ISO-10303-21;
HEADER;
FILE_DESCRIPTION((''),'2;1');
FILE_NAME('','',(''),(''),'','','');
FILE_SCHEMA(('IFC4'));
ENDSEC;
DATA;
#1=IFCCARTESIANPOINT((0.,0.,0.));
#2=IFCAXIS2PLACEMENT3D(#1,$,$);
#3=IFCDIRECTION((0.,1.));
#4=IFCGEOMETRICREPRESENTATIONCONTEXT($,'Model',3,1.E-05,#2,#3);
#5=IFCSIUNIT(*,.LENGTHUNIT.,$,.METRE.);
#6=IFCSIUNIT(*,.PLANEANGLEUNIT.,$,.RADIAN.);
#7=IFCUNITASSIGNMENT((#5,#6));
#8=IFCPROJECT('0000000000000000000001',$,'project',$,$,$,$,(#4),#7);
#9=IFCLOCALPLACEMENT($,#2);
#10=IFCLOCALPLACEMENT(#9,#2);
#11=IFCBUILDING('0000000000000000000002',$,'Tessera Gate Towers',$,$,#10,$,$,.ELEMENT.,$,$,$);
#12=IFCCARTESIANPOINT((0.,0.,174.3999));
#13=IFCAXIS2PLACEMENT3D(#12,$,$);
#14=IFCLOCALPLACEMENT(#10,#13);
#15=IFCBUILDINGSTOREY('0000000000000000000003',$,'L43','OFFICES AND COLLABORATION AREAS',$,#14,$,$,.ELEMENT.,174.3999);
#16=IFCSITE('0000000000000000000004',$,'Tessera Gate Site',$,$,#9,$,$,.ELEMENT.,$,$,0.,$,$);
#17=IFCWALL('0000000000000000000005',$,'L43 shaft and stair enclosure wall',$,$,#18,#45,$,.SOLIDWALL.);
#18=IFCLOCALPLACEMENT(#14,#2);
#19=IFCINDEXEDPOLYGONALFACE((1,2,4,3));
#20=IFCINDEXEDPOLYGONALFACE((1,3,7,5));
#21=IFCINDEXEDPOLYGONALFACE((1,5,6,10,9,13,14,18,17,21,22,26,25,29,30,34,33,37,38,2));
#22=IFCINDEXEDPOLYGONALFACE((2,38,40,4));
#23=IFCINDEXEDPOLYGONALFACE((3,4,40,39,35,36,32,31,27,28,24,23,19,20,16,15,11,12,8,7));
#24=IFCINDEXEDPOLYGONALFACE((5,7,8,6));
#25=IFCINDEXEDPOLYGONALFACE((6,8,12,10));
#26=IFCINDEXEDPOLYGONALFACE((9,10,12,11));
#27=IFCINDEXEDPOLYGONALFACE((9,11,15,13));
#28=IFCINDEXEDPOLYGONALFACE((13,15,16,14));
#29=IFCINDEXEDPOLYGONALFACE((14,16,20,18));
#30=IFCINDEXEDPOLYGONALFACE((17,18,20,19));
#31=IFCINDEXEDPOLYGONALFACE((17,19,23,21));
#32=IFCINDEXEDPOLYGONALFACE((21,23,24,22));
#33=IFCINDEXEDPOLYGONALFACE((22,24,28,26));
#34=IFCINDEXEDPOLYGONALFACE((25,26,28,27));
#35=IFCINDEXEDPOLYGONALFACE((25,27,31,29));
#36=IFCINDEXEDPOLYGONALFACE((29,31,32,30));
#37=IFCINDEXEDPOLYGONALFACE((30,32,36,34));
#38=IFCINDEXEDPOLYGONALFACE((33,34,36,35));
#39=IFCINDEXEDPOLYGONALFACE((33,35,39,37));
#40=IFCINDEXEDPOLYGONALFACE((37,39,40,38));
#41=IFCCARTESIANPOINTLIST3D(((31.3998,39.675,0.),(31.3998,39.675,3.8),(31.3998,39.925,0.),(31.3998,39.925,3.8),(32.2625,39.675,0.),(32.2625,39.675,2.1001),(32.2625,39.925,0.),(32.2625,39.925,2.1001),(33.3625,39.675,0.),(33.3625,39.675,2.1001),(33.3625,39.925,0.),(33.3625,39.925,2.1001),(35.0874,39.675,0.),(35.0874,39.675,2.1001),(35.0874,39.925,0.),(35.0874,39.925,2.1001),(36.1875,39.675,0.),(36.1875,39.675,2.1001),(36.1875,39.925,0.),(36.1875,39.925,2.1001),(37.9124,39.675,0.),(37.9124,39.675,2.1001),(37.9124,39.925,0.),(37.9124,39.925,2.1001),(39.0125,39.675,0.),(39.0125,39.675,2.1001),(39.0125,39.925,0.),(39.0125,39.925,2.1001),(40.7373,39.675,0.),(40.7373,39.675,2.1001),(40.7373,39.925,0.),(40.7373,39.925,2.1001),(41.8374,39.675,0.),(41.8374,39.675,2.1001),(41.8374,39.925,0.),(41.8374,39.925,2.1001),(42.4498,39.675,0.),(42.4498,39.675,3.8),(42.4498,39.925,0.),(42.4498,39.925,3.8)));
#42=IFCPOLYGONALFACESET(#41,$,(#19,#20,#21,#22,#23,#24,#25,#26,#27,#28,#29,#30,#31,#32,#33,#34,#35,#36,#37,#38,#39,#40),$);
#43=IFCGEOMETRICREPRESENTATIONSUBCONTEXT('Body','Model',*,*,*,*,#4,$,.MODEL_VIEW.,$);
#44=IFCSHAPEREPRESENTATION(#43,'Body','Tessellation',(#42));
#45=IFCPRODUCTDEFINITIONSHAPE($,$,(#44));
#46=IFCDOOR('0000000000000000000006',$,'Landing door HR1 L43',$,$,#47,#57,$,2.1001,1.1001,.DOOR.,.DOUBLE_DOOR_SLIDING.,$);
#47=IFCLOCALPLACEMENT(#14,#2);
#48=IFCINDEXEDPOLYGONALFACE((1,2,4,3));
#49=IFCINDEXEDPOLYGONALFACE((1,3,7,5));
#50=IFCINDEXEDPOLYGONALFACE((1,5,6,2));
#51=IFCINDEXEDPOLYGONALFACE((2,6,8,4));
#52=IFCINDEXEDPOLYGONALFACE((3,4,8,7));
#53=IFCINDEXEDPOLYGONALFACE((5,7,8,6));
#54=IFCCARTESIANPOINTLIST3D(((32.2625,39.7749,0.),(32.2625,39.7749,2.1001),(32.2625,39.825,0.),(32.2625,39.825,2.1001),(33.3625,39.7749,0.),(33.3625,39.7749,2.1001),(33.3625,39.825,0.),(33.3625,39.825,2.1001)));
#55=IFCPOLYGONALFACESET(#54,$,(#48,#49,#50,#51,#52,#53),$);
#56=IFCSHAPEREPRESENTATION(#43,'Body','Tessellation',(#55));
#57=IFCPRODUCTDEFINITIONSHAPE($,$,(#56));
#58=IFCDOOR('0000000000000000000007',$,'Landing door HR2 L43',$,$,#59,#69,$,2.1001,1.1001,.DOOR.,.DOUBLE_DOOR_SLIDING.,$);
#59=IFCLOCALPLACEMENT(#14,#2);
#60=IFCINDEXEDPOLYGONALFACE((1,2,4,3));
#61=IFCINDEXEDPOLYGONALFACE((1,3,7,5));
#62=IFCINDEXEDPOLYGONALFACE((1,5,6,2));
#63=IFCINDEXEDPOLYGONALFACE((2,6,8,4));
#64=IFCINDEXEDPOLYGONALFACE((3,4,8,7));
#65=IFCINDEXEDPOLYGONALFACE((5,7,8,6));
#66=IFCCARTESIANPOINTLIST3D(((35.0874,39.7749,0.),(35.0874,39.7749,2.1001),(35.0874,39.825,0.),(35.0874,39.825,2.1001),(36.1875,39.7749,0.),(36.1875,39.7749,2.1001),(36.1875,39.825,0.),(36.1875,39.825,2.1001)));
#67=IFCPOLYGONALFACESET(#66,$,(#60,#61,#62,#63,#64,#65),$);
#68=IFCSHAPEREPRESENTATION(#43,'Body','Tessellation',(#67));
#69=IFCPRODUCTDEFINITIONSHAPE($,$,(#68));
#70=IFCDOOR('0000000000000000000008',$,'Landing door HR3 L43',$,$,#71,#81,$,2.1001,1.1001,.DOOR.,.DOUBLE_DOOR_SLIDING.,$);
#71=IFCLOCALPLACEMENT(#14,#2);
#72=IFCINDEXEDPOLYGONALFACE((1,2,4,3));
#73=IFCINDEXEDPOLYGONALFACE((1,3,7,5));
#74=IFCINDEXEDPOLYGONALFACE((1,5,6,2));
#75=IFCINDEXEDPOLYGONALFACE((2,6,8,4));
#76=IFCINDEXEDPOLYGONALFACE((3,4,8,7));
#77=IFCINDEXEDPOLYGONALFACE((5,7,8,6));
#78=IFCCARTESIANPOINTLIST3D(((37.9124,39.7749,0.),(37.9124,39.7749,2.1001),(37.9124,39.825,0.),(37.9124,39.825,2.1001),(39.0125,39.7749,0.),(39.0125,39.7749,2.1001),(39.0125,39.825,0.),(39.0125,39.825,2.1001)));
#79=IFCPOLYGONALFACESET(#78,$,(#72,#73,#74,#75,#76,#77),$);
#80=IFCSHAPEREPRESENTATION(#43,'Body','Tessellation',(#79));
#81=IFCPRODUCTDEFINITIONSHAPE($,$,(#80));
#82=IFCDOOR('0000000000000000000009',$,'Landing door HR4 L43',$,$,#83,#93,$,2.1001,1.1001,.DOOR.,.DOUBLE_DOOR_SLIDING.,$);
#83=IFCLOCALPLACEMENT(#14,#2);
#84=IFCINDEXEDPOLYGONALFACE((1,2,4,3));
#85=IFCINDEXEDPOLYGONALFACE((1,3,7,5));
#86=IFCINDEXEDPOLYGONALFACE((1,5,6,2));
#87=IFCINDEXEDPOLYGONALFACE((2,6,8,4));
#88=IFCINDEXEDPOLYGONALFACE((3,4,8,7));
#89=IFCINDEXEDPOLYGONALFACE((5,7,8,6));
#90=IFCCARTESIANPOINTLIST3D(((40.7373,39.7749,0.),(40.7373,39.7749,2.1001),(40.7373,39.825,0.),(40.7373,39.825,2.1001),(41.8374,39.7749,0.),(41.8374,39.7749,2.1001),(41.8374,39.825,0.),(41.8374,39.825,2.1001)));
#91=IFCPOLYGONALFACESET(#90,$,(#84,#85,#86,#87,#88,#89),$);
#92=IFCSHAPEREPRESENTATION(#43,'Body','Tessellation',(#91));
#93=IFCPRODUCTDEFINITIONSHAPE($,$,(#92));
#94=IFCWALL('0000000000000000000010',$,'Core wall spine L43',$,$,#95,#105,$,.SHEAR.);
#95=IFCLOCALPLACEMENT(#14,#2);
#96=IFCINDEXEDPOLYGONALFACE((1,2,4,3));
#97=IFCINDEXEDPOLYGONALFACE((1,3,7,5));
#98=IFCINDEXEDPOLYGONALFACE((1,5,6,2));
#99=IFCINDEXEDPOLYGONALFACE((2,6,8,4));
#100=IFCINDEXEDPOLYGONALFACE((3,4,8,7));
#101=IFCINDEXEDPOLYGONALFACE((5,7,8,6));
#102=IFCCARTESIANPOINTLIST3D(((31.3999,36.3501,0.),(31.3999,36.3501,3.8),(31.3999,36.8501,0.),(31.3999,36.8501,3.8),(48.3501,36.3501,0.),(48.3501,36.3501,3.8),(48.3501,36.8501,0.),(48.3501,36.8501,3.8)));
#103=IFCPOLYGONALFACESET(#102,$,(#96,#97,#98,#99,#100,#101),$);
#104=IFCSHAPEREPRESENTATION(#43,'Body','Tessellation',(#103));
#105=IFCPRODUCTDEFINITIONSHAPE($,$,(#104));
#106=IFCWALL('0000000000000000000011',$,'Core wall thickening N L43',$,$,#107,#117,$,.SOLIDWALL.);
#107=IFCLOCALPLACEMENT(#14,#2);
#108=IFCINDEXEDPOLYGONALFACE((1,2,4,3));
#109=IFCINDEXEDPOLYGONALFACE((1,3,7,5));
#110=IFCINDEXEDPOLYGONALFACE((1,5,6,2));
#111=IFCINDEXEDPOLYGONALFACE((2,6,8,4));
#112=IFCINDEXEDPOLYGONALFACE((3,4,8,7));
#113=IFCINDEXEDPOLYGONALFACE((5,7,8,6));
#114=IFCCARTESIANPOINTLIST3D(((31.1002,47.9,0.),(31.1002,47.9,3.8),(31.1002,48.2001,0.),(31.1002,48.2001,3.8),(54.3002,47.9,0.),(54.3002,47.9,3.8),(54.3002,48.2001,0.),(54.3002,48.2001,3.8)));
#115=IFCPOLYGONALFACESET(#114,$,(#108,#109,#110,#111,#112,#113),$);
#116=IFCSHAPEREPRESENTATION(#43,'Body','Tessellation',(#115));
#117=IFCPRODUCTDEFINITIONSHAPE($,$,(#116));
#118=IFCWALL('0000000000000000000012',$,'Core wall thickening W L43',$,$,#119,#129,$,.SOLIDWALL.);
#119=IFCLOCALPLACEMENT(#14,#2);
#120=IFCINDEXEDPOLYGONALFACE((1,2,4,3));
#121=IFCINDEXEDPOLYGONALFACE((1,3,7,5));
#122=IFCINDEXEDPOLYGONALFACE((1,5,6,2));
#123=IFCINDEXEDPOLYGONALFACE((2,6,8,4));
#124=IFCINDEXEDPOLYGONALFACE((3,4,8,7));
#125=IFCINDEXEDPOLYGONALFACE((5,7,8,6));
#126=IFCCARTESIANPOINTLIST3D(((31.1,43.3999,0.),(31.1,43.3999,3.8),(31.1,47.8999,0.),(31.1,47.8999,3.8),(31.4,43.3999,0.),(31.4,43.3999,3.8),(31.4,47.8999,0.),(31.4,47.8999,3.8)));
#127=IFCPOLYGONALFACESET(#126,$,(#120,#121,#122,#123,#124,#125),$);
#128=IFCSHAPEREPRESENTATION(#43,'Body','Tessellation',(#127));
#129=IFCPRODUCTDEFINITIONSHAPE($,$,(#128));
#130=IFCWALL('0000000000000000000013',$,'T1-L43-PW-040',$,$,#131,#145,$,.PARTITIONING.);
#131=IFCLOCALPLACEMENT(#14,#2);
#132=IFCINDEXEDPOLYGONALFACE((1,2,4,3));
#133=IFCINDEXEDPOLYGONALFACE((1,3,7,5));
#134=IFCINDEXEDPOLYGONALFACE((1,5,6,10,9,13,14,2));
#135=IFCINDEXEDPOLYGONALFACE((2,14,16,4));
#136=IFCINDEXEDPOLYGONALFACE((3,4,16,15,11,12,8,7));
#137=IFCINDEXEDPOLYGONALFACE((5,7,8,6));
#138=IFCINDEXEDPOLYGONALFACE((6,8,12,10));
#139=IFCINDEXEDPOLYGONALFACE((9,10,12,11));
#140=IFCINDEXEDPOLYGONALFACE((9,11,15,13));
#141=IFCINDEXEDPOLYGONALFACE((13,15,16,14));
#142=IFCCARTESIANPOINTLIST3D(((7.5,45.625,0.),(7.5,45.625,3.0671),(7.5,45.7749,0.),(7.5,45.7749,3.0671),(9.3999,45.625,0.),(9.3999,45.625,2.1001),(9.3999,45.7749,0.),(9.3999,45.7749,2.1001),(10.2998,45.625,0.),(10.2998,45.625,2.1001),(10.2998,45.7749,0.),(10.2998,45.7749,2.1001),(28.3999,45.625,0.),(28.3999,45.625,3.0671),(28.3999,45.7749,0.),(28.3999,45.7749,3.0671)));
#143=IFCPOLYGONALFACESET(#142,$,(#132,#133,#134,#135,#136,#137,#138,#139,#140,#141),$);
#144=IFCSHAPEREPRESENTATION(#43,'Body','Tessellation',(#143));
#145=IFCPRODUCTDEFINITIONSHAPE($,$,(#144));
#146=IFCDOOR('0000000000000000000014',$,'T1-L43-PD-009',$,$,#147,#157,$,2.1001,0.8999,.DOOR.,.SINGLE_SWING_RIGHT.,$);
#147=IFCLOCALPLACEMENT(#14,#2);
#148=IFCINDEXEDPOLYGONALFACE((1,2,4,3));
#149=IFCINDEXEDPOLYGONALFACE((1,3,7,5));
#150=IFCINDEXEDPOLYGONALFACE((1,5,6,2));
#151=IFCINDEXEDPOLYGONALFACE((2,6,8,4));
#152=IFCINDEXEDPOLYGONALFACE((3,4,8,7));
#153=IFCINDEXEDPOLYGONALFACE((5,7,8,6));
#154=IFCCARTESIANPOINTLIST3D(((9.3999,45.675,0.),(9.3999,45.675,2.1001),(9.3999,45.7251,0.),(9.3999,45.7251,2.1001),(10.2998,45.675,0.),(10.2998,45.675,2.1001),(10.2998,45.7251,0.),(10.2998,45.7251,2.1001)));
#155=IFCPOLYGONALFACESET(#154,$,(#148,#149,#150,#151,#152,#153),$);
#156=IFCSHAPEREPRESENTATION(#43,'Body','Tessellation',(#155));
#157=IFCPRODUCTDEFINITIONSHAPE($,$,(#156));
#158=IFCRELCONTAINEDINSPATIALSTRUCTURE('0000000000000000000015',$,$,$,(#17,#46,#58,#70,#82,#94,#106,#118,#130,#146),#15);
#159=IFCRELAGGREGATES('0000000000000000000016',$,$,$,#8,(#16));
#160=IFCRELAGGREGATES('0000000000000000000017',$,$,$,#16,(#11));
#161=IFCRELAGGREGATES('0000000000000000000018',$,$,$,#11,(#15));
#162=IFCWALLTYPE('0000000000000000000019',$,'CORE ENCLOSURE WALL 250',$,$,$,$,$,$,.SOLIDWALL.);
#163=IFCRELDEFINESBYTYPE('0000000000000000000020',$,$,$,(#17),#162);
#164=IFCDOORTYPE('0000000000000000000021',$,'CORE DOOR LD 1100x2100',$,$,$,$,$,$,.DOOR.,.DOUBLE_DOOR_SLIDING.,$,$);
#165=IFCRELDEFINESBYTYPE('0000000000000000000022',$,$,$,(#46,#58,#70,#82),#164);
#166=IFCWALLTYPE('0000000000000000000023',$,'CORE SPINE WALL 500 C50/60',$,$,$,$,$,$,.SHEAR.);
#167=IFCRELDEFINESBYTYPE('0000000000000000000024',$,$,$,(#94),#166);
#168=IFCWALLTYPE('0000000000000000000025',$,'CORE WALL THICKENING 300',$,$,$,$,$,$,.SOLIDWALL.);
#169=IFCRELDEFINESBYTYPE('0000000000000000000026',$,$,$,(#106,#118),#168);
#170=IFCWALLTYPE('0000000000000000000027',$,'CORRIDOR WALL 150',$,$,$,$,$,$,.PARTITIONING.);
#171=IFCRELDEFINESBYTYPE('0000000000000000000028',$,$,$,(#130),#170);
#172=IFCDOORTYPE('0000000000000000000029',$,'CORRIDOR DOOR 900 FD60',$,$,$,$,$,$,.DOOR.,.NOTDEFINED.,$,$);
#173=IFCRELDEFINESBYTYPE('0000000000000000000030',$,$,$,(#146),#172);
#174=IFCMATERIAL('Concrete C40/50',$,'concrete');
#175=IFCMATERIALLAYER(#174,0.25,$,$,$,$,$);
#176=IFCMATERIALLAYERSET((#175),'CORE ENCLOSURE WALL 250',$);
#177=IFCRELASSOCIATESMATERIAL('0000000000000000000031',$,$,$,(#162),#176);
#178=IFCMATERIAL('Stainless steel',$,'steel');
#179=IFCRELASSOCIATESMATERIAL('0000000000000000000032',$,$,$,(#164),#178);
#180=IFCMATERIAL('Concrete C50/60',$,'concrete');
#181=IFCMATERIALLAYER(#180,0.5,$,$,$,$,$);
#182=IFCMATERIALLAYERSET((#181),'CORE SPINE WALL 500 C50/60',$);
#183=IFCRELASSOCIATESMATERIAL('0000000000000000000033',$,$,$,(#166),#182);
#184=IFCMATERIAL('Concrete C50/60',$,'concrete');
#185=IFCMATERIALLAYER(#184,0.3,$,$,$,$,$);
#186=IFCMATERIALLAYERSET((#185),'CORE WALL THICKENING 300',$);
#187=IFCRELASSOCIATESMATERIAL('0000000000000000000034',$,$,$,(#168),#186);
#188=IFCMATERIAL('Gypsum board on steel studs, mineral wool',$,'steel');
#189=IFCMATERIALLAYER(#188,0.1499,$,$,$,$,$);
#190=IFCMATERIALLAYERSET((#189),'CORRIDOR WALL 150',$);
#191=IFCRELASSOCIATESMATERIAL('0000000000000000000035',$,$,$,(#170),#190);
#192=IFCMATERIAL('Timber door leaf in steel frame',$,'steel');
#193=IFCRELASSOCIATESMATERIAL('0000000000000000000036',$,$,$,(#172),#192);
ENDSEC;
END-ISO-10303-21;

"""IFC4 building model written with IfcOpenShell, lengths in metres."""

from ifc_helpers import new_model, si_unit, direction, frame, frame_2d, origin, place, context, subcontext, project, spatial, rectangle, extrude, source, transform, mapped, material, layer, layer_set, type_object, element, fill, save


model = new_model("IFC4")

# Units and contexts
model_context = context("Model", 3, precision=1e-05, world=origin(), true_north=direction((0.0, 1.0)))
body_context = subcontext(model_context, "Body", "Model", "MODEL_VIEW")
ifc_project = project(units=[si_unit("LENGTHUNIT", "METRE"), si_unit("PLANEANGLEUNIT", "RADIAN")], contexts=[model_context])

# Site, building, storey
site_placement = place(None, origin())
site = spatial("IfcSite", under=ifc_project, at=site_placement, Name="Tessera Gate Site", CompositionType="ELEMENT", RefElevation=0.0)
building_placement = place(site_placement, origin())
building = spatial("IfcBuilding", under=site, at=building_placement, Name="Tessera Gate Towers", CompositionType="ELEMENT")
storey_placement = place(building_placement, frame((0.0, 0.0, 174.3999)))
storey = spatial("IfcBuildingStorey", under=building, at=storey_placement, Name="L43", Description="OFFICES AND COLLABORATION AREAS", CompositionType="ELEMENT", Elevation=174.3999)

# Wall, openings, doors
ifc_material_1 = material(Name="Concrete C40/50", Category="concrete")
ifc_layer_1 = layer(ifc_material_1, 0.25)
ifc_layer_set_1 = layer_set([ifc_layer_1], Name="CORE ENCLOSURE WALL 250")
wall_type_1 = type_object("IfcWallType", Name="CORE ENCLOSURE WALL 250", PredefinedType="SOLIDWALL", material=ifc_layer_set_1)
wall_1_placement = place(storey_placement, frame((31.3999, 39.8, 0.0), z_axis=(0.0, 0.0, 1.0), x_axis=(1.0, 0.0, 0.0)))
wall_1 = element("IfcWall", 1, at=wall_1_placement, inside=storey, type_object=wall_type_1, Name="L43 shaft and stair enclosure wall", PredefinedType="SOLIDWALL", context=body_context, shape_type="SweptSolid", body=[
    extrude(rectangle(XDim=11.05, YDim=0.25, at=frame_2d((5.5249, 0.0))), origin(), (0.0, 0.0, 1.0), 3.8),
])
shared_shape_1 = source(origin(), body_context, "Body", "SweptSolid", [
    extrude(rectangle(XDim=1.1001, YDim=2.1001, at=frame_2d((0.55, 1.05))), frame((0.0, 0.135, 0.0), z_axis=(0.0, -1.0, 0.0), x_axis=(1.0, 0.0, 0.0)), (0.0, 0.0, 1.0), 0.27),
])
opening_1_placement = place(wall_1_placement, frame((0.8625, 0.0, 0.0)))
opening_1 = element("IfcOpeningElement", 2, at=opening_1_placement, cuts=wall_1, PredefinedType="OPENING", context=body_context, shape_type="MappedRepresentation", body=[
    mapped(shared_shape_1, transform((0.0, 0.0, 0.0), scale=1.0)),
])
opening_2_placement = place(wall_1_placement, frame((3.6875, 0.0, 0.0)))
opening_2 = element("IfcOpeningElement", 3, at=opening_2_placement, cuts=wall_1, PredefinedType="OPENING", context=body_context, shape_type="MappedRepresentation", body=[
    mapped(shared_shape_1, transform((0.0, 0.0, 0.0), scale=1.0)),
])
opening_3_placement = place(wall_1_placement, frame((6.5125, 0.0, 0.0)))
opening_3 = element("IfcOpeningElement", 4, at=opening_3_placement, cuts=wall_1, PredefinedType="OPENING", context=body_context, shape_type="MappedRepresentation", body=[
    mapped(shared_shape_1, transform((0.0, 0.0, 0.0), scale=1.0)),
])
opening_4_placement = place(wall_1_placement, frame((9.3374, 0.0, 0.0)))
opening_4 = element("IfcOpeningElement", 5, at=opening_4_placement, cuts=wall_1, PredefinedType="OPENING", context=body_context, shape_type="MappedRepresentation", body=[
    mapped(shared_shape_1, transform((0.0, 0.0, 0.0), scale=1.0)),
])
ifc_material_2 = material(Name="Stainless steel", Category="steel")
door_type_1 = type_object("IfcDoorType", Name="CORE DOOR LD 1100x2100", OperationType="DOUBLE_DOOR_SLIDING", PredefinedType="DOOR", material=ifc_material_2)
shared_shape_2 = source(origin(), body_context, "Body", "SweptSolid", [
    extrude(rectangle(XDim=1.1001, YDim=2.1001, at=frame_2d((0.55, 1.05))), frame((0.0, 0.0249, 0.0), z_axis=(0.0, -1.0, 0.0), x_axis=(1.0, 0.0, 0.0)), (0.0, 0.0, 1.0), 0.05),
])
door_1_placement = place(opening_1_placement, origin())
door_1 = element("IfcDoor", 6, at=door_1_placement, inside=storey, type_object=door_type_1, Name="Landing door HR1 L43", OperationType="DOUBLE_DOOR_SLIDING", OverallHeight=2.1001, OverallWidth=1.1001, PredefinedType="DOOR", context=body_context, shape_type="MappedRepresentation", body=[
    mapped(shared_shape_2, transform((0.0, 0.0, 0.0), scale=1.0)),
])
fill(opening_1, door_1)
door_2_placement = place(opening_2_placement, origin())
door_2 = element("IfcDoor", 7, at=door_2_placement, inside=storey, type_object=door_type_1, Name="Landing door HR2 L43", OperationType="DOUBLE_DOOR_SLIDING", OverallHeight=2.1001, OverallWidth=1.1001, PredefinedType="DOOR", context=body_context, shape_type="MappedRepresentation", body=[
    mapped(shared_shape_2, transform((0.0, 0.0, 0.0), scale=1.0)),
])
fill(opening_2, door_2)
door_3_placement = place(opening_3_placement, origin())
door_3 = element("IfcDoor", 8, at=door_3_placement, inside=storey, type_object=door_type_1, Name="Landing door HR3 L43", OperationType="DOUBLE_DOOR_SLIDING", OverallHeight=2.1001, OverallWidth=1.1001, PredefinedType="DOOR", context=body_context, shape_type="MappedRepresentation", body=[
    mapped(shared_shape_2, transform((0.0, 0.0, 0.0), scale=1.0)),
])
fill(opening_3, door_3)
door_4_placement = place(opening_4_placement, origin())
door_4 = element("IfcDoor", 9, at=door_4_placement, inside=storey, type_object=door_type_1, Name="Landing door HR4 L43", OperationType="DOUBLE_DOOR_SLIDING", OverallHeight=2.1001, OverallWidth=1.1001, PredefinedType="DOOR", context=body_context, shape_type="MappedRepresentation", body=[
    mapped(shared_shape_2, transform((0.0, 0.0, 0.0), scale=1.0)),
])
fill(opening_4, door_4)

# Walls
ifc_material_3 = material(Name="Concrete C50/60", Category="concrete")
ifc_layer_2 = layer(ifc_material_3, 0.5)
ifc_layer_set_2 = layer_set([ifc_layer_2], Name="CORE SPINE WALL 500 C50/60")
wall_type_2 = type_object("IfcWallType", Name="CORE SPINE WALL 500 C50/60", PredefinedType="SHEAR", material=ifc_layer_set_2)
wall_2_placement = place(storey_placement, frame((31.3999, 36.6001, 0.0), z_axis=(0.0, 0.0, 1.0), x_axis=(1.0, 0.0, 0.0)))
element("IfcWall", 10, at=wall_2_placement, inside=storey, type_object=wall_type_2, Name="Core wall spine L43", PredefinedType="SHEAR", context=body_context, shape_type="SweptSolid", body=[
    extrude(rectangle(XDim=16.9502, YDim=0.5, at=frame_2d((8.4751, 0.0))), origin(), (0.0, 0.0, 1.0), 3.8),
])
ifc_material_4 = material(Name="Concrete C50/60", Category="concrete")
ifc_layer_3 = layer(ifc_material_4, 0.3)
ifc_layer_set_3 = layer_set([ifc_layer_3], Name="CORE WALL THICKENING 300")
wall_type_3 = type_object("IfcWallType", Name="CORE WALL THICKENING 300", PredefinedType="SOLIDWALL", material=ifc_layer_set_3)
wall_3_placement = place(storey_placement, frame((31.1001, 48.05, 0.0), z_axis=(0.0, 0.0, 1.0), x_axis=(1.0, 0.0, 0.0)))
element("IfcWall", 11, at=wall_3_placement, inside=storey, type_object=wall_type_3, Name="Core wall thickening N L43", PredefinedType="SOLIDWALL", context=body_context, shape_type="SweptSolid", body=[
    extrude(rectangle(XDim=23.2, YDim=0.3, at=frame_2d((11.6001, 0.0))), origin(), (0.0, 0.0, 1.0), 3.8),
])
wall_4_placement = place(storey_placement, frame((31.25, 43.3999, 0.0), z_axis=(0.0, 0.0, 1.0), x_axis=(0.0, 1.0, 0.0)))
element("IfcWall", 12, at=wall_4_placement, inside=storey, type_object=wall_type_3, Name="Core wall thickening W L43", PredefinedType="SOLIDWALL", context=body_context, shape_type="SweptSolid", body=[
    extrude(rectangle(XDim=4.5, YDim=0.3, at=frame_2d((2.25, 0.0))), origin(), (0.0, 0.0, 1.0), 3.8),
])

# Wall, opening, door
ifc_material_5 = material(Name="Gypsum board on steel studs, mineral wool", Category="steel")
ifc_layer_4 = layer(ifc_material_5, 0.1499)
ifc_layer_set_4 = layer_set([ifc_layer_4], Name="CORRIDOR WALL 150")
wall_type_4 = type_object("IfcWallType", Name="CORRIDOR WALL 150", PredefinedType="PARTITIONING", material=ifc_layer_set_4)
wall_5_placement = place(storey_placement, frame((28.3999, 45.7, 0.0), z_axis=(0.0, 0.0, 1.0), x_axis=(-1.0, 0.0, 0.0)))
wall_5 = element("IfcWall", 13, at=wall_5_placement, inside=storey, type_object=wall_type_4, Name="T1-L43-PW-040", PredefinedType="PARTITIONING", context=body_context, shape_type="SweptSolid", body=[
    extrude(rectangle(XDim=20.8999, YDim=0.1499, at=frame_2d((10.45, 0.0))), origin(), (0.0, 0.0, 1.0), 3.0671),
])
shared_shape_3 = source(origin(), body_context, "Body", "SweptSolid", [
    extrude(rectangle(XDim=0.8999, YDim=2.1001, at=frame_2d((0.45, 1.05))), frame((0.0, 0.085, 0.0), z_axis=(0.0, -1.0, 0.0), x_axis=(1.0, 0.0, 0.0)), (0.0, 0.0, 1.0), 0.1699),
])
opening_5_placement = place(wall_5_placement, frame((18.1001, 0.0, 0.0)))
opening_5 = element("IfcOpeningElement", 14, at=opening_5_placement, cuts=wall_5, PredefinedType="OPENING", context=body_context, shape_type="MappedRepresentation", body=[
    mapped(shared_shape_3, transform((0.0, 0.0, 0.0), scale=1.0)),
])
ifc_material_6 = material(Name="Timber door leaf in steel frame", Category="steel")
door_type_2 = type_object("IfcDoorType", Name="CORRIDOR DOOR 900 FD60", OperationType="NOTDEFINED", PredefinedType="DOOR", material=ifc_material_6)
shared_shape_4 = source(origin(), body_context, "Body", "SweptSolid", [
    extrude(rectangle(XDim=0.8999, YDim=2.1001, at=frame_2d((0.45, 1.05))), frame((0.0, 0.0249, 0.0), z_axis=(0.0, -1.0, 0.0), x_axis=(1.0, 0.0, 0.0)), (0.0, 0.0, 1.0), 0.05),
])
door_5_placement = place(opening_5_placement, origin())
door_5 = element("IfcDoor", 15, at=door_5_placement, inside=storey, type_object=door_type_2, Name="T1-L43-PD-009", OperationType="SINGLE_SWING_RIGHT", OverallHeight=2.1001, OverallWidth=0.8999, PredefinedType="DOOR", context=body_context, shape_type="MappedRepresentation", body=[
    mapped(shared_shape_4, transform((0.0, 0.0, 0.0), scale=1.0)),
])
fill(opening_5, door_5)

save(model, "model.ifc")
